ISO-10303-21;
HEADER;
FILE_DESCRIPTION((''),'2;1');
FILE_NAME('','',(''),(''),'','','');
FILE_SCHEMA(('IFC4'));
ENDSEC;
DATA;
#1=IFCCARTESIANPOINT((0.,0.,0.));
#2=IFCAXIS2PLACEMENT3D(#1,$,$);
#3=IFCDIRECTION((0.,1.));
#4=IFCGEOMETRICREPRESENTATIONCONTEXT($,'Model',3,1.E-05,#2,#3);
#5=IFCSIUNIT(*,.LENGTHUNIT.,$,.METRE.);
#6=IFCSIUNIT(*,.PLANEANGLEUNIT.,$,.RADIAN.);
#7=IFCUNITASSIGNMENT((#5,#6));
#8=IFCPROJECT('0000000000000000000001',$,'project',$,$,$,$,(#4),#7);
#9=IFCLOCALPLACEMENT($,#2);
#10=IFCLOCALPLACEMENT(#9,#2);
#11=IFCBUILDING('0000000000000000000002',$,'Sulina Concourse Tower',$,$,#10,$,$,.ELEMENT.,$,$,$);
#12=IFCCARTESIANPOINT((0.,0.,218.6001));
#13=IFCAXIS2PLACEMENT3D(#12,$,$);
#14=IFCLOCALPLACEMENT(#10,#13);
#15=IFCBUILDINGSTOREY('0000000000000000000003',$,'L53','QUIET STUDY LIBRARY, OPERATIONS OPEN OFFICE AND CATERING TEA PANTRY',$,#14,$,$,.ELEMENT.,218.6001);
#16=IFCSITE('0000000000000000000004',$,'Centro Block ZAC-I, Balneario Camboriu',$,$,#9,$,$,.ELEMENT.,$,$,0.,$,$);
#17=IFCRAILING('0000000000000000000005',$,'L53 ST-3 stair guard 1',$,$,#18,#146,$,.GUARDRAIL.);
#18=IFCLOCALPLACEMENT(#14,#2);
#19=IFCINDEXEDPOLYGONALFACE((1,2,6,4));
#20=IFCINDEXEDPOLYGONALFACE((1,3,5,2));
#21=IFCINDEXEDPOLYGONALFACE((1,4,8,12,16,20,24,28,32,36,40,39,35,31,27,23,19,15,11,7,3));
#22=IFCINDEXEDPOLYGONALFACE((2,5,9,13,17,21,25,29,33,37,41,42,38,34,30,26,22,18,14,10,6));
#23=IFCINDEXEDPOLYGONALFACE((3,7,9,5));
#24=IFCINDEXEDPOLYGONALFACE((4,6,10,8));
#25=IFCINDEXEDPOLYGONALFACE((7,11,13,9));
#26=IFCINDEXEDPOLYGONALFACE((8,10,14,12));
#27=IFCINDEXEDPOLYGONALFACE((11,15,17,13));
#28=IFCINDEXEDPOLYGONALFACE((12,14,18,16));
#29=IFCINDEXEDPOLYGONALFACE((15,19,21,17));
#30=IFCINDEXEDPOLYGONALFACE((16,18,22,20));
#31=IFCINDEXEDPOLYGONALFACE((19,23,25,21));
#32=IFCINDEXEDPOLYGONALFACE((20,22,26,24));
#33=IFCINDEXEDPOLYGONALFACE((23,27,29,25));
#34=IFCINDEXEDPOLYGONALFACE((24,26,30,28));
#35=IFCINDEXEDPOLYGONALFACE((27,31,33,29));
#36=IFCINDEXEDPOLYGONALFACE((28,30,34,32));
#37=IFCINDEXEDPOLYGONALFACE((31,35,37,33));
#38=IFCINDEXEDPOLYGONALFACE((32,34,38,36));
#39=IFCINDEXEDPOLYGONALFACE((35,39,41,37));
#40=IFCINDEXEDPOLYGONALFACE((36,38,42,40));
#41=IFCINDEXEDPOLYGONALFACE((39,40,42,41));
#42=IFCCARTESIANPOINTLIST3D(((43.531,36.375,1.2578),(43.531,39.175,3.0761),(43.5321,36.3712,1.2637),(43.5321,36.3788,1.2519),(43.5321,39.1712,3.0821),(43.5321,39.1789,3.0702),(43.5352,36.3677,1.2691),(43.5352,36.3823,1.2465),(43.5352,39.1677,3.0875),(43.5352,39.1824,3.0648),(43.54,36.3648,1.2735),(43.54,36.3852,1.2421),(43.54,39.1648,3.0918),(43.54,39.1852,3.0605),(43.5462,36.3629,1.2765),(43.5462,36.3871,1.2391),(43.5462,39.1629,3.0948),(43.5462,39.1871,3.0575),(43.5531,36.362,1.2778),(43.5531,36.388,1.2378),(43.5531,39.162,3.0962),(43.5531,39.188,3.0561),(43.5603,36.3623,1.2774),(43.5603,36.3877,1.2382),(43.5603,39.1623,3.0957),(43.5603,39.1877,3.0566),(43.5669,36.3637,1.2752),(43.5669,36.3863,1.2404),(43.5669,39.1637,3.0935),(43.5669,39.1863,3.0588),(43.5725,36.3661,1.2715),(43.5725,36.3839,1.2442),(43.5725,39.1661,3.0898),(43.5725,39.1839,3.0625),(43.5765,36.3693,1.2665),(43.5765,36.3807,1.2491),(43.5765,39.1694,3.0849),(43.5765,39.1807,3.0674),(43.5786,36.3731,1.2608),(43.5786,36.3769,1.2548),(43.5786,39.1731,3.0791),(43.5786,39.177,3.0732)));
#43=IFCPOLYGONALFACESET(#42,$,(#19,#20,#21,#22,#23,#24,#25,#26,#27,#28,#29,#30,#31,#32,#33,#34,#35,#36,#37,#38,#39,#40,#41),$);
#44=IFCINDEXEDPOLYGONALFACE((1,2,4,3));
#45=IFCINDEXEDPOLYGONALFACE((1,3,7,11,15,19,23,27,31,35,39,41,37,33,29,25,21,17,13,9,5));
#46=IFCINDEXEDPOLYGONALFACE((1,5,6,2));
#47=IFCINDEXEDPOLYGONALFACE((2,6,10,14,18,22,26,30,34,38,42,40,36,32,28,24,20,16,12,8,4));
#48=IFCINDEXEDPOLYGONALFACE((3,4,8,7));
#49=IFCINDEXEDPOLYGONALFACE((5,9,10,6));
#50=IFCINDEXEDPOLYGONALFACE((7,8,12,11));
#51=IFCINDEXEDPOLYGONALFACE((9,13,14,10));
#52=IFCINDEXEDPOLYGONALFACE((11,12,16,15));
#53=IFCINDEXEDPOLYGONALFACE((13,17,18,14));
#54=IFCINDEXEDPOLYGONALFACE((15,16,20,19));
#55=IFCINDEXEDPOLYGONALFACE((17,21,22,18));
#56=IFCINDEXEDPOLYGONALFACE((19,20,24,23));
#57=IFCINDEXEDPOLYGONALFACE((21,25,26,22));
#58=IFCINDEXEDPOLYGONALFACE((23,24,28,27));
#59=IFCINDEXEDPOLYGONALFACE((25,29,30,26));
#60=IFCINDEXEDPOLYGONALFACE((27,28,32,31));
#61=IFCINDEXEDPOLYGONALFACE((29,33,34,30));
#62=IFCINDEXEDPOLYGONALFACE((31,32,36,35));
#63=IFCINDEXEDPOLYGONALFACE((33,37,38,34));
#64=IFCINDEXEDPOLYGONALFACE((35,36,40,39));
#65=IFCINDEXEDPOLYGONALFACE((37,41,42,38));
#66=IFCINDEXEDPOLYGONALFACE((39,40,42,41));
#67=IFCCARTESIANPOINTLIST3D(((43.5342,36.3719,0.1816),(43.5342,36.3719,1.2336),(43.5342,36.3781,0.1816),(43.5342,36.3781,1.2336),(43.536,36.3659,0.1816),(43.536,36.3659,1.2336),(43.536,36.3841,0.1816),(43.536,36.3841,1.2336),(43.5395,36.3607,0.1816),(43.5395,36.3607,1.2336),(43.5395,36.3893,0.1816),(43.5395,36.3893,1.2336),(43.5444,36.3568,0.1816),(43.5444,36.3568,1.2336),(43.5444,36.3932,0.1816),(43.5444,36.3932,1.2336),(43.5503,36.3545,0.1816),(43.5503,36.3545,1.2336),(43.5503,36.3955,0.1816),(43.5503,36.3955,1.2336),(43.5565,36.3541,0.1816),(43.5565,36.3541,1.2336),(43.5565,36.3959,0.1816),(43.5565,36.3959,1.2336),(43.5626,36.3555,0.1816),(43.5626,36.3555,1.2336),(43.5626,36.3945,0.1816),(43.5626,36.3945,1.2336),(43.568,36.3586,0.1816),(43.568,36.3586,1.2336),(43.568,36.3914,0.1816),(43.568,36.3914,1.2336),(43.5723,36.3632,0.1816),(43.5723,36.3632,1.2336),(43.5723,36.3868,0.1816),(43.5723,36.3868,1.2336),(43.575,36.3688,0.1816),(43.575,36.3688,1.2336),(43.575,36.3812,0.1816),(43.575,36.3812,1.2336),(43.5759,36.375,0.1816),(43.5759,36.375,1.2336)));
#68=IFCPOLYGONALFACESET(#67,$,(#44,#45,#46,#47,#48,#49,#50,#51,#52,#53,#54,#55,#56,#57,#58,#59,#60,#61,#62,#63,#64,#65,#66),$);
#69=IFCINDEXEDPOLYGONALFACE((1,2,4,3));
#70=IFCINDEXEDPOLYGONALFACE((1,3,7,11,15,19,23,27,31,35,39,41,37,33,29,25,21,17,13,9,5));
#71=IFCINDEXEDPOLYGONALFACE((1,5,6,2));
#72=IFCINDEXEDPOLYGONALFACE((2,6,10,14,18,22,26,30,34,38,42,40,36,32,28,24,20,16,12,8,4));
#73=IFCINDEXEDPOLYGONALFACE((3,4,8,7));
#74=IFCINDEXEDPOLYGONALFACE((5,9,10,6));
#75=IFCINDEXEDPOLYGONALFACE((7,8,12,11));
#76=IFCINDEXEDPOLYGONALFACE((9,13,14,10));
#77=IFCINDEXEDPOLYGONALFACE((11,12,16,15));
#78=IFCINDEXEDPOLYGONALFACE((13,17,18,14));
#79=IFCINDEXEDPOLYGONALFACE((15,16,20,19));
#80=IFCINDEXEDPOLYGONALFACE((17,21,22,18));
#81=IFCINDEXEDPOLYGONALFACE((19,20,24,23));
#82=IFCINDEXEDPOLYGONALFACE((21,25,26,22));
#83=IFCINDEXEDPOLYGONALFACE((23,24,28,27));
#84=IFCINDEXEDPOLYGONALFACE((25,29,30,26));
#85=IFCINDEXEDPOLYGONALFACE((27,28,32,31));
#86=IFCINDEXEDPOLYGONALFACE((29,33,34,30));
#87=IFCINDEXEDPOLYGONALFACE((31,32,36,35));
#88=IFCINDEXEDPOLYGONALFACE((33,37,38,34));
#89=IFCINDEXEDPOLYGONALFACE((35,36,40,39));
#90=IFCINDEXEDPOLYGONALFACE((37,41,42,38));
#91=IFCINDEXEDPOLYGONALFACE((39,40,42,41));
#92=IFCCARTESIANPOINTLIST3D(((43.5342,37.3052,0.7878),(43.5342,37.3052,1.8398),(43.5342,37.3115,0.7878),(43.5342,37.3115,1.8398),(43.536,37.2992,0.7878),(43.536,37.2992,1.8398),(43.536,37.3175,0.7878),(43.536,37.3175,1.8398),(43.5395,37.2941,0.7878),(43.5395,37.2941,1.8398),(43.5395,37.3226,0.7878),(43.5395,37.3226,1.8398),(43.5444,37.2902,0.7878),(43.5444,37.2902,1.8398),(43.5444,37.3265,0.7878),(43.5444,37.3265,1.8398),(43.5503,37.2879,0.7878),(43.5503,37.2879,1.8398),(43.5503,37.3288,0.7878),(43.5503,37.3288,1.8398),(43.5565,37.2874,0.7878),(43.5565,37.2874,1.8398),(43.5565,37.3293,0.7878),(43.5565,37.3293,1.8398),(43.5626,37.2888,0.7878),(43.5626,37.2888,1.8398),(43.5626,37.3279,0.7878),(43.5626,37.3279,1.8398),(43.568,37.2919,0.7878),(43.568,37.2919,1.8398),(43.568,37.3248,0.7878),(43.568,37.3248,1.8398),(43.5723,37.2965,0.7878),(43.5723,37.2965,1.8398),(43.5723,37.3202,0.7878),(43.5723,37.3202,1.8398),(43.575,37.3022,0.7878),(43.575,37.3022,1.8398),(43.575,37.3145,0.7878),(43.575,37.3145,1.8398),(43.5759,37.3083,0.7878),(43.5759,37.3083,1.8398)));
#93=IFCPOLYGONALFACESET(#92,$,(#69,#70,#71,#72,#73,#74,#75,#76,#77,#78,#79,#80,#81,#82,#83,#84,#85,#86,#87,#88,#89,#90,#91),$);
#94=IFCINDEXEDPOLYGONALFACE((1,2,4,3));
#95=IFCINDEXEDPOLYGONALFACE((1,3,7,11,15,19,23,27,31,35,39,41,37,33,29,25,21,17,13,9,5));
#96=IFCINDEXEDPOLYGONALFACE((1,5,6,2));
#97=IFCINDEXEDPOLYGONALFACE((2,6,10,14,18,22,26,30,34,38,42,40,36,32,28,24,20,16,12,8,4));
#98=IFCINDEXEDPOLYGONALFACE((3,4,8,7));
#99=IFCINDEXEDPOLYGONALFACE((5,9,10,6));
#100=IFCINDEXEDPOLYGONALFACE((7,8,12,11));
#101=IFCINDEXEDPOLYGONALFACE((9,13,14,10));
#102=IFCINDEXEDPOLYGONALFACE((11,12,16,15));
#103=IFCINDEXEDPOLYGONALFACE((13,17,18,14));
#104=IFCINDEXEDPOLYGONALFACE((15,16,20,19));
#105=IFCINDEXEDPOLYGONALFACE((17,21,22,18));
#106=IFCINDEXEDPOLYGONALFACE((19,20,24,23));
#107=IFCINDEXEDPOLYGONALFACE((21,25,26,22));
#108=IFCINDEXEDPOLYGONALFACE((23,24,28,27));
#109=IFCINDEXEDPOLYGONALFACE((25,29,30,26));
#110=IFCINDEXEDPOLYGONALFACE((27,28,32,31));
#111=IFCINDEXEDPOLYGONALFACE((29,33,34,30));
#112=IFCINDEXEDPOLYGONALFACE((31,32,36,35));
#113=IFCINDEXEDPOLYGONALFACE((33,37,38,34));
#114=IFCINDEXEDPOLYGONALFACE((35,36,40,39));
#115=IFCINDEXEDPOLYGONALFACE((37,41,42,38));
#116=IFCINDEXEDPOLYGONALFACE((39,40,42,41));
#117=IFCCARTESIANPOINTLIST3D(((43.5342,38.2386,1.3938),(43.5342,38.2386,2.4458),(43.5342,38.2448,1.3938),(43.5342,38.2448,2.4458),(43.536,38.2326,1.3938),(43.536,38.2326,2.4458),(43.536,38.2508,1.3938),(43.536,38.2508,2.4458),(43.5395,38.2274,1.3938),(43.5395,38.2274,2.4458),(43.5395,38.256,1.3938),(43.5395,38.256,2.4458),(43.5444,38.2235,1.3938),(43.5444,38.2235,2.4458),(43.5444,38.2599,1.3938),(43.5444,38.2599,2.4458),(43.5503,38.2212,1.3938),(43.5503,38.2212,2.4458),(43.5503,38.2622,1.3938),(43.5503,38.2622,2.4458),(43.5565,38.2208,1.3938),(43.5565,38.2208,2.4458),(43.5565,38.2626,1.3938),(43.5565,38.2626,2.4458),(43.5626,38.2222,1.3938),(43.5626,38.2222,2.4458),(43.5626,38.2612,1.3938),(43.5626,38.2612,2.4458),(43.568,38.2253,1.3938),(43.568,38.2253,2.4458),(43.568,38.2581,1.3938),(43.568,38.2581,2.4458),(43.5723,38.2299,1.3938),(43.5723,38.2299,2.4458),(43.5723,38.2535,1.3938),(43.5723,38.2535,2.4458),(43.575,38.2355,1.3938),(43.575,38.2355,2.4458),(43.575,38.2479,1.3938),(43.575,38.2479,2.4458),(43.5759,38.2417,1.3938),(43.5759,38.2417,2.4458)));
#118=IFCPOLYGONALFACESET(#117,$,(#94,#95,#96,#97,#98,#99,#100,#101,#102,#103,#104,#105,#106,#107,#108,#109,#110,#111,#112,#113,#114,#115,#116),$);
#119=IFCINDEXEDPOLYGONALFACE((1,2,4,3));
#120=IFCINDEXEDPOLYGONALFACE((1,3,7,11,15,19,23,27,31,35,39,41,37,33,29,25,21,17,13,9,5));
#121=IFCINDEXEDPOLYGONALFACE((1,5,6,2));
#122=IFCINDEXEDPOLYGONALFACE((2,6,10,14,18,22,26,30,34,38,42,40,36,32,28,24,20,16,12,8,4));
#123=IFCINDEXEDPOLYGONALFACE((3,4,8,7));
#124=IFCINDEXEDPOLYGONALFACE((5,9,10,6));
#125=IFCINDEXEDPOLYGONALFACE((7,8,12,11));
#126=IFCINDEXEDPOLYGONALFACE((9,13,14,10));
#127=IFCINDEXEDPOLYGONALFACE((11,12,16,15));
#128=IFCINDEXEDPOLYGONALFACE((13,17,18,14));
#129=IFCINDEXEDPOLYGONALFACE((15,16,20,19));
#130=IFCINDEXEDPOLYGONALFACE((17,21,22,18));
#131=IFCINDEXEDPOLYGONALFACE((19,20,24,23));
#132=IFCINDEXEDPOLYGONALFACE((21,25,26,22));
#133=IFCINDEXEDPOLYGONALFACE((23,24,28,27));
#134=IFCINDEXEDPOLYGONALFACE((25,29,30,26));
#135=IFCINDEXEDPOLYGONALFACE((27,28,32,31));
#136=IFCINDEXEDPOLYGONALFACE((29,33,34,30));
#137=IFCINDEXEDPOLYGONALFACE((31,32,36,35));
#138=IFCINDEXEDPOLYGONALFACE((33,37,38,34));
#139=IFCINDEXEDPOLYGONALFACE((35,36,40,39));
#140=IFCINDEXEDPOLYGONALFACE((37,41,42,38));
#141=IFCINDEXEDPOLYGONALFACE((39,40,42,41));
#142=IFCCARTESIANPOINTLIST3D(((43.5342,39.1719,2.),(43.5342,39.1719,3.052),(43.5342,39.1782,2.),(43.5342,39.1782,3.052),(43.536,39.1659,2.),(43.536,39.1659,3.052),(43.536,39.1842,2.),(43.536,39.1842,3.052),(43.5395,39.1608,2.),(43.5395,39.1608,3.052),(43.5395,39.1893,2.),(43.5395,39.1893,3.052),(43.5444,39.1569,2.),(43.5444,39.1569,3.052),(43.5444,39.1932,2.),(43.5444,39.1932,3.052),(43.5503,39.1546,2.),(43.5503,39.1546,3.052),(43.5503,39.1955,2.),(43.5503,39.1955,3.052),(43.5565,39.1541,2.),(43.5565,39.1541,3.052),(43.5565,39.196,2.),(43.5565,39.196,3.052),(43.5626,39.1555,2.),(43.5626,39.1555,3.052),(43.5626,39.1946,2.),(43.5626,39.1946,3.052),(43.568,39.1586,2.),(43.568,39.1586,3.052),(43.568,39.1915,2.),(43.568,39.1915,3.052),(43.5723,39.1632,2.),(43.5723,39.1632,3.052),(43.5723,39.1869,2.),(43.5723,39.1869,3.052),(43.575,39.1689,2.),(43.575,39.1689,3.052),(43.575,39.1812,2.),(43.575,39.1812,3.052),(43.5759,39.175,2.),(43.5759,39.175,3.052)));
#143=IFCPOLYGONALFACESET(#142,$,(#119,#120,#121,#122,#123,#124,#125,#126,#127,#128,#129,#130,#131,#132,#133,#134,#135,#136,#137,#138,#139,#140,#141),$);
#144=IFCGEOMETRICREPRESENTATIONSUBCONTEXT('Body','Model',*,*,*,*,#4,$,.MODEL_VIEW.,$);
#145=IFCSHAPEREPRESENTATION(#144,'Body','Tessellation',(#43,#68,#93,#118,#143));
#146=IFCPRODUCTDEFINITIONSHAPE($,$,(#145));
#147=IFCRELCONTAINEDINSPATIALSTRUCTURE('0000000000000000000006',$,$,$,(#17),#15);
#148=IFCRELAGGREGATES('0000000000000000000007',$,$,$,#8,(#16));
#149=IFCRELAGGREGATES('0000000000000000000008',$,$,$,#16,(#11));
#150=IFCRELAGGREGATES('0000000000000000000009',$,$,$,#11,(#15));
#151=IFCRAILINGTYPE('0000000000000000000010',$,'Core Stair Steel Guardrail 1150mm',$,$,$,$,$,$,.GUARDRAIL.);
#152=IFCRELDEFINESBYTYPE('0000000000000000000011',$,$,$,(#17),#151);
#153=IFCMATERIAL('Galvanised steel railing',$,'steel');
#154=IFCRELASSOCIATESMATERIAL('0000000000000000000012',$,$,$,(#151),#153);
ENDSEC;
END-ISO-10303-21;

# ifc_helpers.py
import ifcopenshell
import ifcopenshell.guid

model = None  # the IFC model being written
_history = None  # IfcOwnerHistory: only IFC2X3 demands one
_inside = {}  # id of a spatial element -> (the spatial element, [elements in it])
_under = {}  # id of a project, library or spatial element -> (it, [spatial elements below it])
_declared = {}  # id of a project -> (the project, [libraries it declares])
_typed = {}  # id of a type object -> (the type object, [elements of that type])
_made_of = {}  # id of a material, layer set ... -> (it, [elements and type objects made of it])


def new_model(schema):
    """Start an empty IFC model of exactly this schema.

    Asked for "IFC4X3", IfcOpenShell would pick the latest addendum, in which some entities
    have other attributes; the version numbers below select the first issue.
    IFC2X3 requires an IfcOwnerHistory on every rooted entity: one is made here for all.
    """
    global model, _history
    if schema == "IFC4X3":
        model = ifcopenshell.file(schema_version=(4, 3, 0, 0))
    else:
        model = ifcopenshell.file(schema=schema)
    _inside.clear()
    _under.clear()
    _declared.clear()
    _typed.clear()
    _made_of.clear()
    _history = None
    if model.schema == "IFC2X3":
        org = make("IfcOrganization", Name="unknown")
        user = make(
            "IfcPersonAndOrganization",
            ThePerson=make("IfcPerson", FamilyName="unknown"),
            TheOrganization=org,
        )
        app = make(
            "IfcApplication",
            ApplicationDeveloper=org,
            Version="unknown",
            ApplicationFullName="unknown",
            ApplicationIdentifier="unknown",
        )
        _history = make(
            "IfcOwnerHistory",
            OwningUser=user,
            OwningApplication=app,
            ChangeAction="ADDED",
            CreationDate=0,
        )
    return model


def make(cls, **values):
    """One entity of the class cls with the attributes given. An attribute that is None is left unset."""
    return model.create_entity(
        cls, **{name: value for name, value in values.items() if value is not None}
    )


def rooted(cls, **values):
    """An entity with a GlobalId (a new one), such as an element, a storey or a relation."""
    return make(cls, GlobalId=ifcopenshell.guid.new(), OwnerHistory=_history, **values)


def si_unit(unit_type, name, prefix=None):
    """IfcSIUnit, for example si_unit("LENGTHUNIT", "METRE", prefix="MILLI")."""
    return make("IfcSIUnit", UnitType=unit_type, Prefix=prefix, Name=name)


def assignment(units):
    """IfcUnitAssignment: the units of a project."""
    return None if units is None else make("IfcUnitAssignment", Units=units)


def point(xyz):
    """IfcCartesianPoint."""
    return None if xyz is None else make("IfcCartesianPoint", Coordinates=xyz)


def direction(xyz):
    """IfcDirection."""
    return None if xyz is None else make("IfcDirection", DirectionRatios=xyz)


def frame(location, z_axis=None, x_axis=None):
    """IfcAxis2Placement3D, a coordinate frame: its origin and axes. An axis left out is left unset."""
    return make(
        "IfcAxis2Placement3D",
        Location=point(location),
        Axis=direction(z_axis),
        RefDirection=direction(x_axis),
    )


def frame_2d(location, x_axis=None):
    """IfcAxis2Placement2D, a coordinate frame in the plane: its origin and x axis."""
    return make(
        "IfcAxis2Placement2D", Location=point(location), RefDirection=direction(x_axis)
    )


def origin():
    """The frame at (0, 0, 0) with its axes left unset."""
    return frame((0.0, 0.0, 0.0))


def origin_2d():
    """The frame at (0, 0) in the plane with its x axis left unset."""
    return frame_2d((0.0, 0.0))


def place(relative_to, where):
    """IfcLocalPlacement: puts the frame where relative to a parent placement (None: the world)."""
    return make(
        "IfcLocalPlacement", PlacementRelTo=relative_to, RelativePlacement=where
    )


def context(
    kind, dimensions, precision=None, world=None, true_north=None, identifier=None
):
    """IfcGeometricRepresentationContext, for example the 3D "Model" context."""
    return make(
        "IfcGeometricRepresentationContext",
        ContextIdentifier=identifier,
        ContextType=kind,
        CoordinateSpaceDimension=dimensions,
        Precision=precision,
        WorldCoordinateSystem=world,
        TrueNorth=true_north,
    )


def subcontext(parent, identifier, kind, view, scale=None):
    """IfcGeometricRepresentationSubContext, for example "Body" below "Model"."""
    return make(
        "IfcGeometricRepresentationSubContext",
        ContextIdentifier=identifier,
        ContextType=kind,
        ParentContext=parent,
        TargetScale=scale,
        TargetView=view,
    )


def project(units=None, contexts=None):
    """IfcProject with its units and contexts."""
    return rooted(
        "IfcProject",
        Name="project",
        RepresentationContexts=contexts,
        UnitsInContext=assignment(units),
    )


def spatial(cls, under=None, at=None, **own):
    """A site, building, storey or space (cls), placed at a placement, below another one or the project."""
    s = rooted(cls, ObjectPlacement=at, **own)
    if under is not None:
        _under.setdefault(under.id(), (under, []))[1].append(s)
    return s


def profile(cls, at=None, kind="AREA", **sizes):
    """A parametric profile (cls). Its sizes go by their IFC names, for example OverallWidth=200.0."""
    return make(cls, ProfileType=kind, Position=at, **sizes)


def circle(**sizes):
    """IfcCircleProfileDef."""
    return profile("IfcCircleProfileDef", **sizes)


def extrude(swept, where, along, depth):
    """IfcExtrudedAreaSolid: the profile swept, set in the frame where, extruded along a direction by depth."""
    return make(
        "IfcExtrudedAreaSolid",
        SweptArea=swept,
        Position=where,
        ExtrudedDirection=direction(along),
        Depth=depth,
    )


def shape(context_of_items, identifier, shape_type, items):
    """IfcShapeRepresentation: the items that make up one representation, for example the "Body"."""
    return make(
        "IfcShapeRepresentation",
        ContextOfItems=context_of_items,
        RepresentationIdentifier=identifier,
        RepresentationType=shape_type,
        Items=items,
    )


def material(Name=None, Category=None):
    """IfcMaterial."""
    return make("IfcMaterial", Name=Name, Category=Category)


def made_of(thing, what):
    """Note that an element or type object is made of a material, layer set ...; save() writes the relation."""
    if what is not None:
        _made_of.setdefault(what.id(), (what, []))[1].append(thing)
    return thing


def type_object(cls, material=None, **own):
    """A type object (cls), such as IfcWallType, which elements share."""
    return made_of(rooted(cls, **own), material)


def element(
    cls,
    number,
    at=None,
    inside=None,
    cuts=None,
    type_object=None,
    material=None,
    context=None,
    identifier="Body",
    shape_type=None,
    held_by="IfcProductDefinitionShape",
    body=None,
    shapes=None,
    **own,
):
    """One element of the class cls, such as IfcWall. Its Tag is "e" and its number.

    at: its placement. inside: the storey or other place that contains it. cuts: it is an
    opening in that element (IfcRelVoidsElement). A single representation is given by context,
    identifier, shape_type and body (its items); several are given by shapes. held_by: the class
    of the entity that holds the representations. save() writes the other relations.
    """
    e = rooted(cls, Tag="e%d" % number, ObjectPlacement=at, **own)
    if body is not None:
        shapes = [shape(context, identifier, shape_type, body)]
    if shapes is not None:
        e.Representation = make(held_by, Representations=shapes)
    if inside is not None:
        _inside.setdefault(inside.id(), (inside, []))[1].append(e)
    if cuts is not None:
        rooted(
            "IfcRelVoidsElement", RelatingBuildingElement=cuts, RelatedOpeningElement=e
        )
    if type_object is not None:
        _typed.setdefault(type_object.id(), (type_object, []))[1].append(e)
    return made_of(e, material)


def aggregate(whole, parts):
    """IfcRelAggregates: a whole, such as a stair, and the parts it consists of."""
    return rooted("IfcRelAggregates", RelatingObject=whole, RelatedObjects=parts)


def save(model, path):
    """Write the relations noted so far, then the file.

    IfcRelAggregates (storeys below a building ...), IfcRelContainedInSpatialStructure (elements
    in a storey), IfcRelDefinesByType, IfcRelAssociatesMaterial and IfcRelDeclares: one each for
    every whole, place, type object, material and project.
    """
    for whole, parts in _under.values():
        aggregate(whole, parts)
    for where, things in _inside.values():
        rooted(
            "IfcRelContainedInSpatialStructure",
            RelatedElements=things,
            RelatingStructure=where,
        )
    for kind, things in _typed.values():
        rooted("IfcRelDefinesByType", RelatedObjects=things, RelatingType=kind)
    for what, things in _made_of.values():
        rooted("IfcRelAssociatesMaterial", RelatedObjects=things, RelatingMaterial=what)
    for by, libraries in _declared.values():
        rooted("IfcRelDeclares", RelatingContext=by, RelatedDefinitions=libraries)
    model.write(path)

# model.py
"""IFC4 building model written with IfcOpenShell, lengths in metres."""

from ifc_helpers import new_model, si_unit, direction, frame, origin, origin_2d, place, context, subcontext, project, spatial, circle, extrude, material, type_object, element, save


model = new_model("IFC4")

# Units and contexts
model_context = context("Model", 3, precision=1e-05, world=origin(), true_north=direction((0.0, 1.0)))
body_context = subcontext(model_context, "Body", "Model", "MODEL_VIEW")
ifc_project = project(units=[si_unit("LENGTHUNIT", "METRE"), si_unit("PLANEANGLEUNIT", "RADIAN")], contexts=[model_context])

# Site, building, storey
site_placement = place(None, origin())
site = spatial("IfcSite", under=ifc_project, at=site_placement, Name="Centro Block ZAC-I, Balneario Camboriu", CompositionType="ELEMENT", RefElevation=0.0)
building_placement = place(site_placement, origin())
building = spatial("IfcBuilding", under=site, at=building_placement, Name="Sulina Concourse Tower", CompositionType="ELEMENT")
storey_placement = place(building_placement, frame((0.0, 0.0, 218.6001)))
storey = spatial("IfcBuildingStorey", under=building, at=storey_placement, Name="L53", Description="QUIET STUDY LIBRARY, OPERATIONS OPEN OFFICE AND CATERING TEA PANTRY", CompositionType="ELEMENT", Elevation=218.6001)

# Railing
ifc_material_1 = material(Name="Galvanised steel railing", Category="steel")
railing_type_1 = type_object("IfcRailingType", Name="Core Stair Steel Guardrail 1150mm", PredefinedType="GUARDRAIL", material=ifc_material_1)
railing_1_placement = place(storey_placement, frame((43.5549, 36.375, 0.1816)))
element("IfcRailing", 1, at=railing_1_placement, inside=storey, type_object=railing_type_1, Name="L53 ST-3 stair guard 1", PredefinedType="GUARDRAIL", context=body_context, shape_type="SweptSolid", body=[
    extrude(circle(Radius=0.0239, at=origin_2d()), frame((0.0, 0.0, 1.0762), z_axis=(0.0, 0.838672, 0.544636), x_axis=(-1.0, 0.0, 0.0)), (0.0, 0.0, 1.0), 3.3386),
    extrude(circle(Radius=0.021, at=origin_2d()), origin(), (0.0, 0.0, 1.0), 1.052),
    extrude(circle(Radius=0.021, at=origin_2d()), frame((0.0, 0.9333, 0.6062)), (0.0, 0.0, 1.0), 1.052),
    extrude(circle(Radius=0.021, at=origin_2d()), frame((0.0, 1.8667, 1.2122)), (0.0, 0.0, 1.0), 1.052),
    extrude(circle(Radius=0.021, at=origin_2d()), frame((0.0, 2.8, 1.8184)), (0.0, 0.0, 1.0), 1.052),
])

save(model, "model.ifc")
